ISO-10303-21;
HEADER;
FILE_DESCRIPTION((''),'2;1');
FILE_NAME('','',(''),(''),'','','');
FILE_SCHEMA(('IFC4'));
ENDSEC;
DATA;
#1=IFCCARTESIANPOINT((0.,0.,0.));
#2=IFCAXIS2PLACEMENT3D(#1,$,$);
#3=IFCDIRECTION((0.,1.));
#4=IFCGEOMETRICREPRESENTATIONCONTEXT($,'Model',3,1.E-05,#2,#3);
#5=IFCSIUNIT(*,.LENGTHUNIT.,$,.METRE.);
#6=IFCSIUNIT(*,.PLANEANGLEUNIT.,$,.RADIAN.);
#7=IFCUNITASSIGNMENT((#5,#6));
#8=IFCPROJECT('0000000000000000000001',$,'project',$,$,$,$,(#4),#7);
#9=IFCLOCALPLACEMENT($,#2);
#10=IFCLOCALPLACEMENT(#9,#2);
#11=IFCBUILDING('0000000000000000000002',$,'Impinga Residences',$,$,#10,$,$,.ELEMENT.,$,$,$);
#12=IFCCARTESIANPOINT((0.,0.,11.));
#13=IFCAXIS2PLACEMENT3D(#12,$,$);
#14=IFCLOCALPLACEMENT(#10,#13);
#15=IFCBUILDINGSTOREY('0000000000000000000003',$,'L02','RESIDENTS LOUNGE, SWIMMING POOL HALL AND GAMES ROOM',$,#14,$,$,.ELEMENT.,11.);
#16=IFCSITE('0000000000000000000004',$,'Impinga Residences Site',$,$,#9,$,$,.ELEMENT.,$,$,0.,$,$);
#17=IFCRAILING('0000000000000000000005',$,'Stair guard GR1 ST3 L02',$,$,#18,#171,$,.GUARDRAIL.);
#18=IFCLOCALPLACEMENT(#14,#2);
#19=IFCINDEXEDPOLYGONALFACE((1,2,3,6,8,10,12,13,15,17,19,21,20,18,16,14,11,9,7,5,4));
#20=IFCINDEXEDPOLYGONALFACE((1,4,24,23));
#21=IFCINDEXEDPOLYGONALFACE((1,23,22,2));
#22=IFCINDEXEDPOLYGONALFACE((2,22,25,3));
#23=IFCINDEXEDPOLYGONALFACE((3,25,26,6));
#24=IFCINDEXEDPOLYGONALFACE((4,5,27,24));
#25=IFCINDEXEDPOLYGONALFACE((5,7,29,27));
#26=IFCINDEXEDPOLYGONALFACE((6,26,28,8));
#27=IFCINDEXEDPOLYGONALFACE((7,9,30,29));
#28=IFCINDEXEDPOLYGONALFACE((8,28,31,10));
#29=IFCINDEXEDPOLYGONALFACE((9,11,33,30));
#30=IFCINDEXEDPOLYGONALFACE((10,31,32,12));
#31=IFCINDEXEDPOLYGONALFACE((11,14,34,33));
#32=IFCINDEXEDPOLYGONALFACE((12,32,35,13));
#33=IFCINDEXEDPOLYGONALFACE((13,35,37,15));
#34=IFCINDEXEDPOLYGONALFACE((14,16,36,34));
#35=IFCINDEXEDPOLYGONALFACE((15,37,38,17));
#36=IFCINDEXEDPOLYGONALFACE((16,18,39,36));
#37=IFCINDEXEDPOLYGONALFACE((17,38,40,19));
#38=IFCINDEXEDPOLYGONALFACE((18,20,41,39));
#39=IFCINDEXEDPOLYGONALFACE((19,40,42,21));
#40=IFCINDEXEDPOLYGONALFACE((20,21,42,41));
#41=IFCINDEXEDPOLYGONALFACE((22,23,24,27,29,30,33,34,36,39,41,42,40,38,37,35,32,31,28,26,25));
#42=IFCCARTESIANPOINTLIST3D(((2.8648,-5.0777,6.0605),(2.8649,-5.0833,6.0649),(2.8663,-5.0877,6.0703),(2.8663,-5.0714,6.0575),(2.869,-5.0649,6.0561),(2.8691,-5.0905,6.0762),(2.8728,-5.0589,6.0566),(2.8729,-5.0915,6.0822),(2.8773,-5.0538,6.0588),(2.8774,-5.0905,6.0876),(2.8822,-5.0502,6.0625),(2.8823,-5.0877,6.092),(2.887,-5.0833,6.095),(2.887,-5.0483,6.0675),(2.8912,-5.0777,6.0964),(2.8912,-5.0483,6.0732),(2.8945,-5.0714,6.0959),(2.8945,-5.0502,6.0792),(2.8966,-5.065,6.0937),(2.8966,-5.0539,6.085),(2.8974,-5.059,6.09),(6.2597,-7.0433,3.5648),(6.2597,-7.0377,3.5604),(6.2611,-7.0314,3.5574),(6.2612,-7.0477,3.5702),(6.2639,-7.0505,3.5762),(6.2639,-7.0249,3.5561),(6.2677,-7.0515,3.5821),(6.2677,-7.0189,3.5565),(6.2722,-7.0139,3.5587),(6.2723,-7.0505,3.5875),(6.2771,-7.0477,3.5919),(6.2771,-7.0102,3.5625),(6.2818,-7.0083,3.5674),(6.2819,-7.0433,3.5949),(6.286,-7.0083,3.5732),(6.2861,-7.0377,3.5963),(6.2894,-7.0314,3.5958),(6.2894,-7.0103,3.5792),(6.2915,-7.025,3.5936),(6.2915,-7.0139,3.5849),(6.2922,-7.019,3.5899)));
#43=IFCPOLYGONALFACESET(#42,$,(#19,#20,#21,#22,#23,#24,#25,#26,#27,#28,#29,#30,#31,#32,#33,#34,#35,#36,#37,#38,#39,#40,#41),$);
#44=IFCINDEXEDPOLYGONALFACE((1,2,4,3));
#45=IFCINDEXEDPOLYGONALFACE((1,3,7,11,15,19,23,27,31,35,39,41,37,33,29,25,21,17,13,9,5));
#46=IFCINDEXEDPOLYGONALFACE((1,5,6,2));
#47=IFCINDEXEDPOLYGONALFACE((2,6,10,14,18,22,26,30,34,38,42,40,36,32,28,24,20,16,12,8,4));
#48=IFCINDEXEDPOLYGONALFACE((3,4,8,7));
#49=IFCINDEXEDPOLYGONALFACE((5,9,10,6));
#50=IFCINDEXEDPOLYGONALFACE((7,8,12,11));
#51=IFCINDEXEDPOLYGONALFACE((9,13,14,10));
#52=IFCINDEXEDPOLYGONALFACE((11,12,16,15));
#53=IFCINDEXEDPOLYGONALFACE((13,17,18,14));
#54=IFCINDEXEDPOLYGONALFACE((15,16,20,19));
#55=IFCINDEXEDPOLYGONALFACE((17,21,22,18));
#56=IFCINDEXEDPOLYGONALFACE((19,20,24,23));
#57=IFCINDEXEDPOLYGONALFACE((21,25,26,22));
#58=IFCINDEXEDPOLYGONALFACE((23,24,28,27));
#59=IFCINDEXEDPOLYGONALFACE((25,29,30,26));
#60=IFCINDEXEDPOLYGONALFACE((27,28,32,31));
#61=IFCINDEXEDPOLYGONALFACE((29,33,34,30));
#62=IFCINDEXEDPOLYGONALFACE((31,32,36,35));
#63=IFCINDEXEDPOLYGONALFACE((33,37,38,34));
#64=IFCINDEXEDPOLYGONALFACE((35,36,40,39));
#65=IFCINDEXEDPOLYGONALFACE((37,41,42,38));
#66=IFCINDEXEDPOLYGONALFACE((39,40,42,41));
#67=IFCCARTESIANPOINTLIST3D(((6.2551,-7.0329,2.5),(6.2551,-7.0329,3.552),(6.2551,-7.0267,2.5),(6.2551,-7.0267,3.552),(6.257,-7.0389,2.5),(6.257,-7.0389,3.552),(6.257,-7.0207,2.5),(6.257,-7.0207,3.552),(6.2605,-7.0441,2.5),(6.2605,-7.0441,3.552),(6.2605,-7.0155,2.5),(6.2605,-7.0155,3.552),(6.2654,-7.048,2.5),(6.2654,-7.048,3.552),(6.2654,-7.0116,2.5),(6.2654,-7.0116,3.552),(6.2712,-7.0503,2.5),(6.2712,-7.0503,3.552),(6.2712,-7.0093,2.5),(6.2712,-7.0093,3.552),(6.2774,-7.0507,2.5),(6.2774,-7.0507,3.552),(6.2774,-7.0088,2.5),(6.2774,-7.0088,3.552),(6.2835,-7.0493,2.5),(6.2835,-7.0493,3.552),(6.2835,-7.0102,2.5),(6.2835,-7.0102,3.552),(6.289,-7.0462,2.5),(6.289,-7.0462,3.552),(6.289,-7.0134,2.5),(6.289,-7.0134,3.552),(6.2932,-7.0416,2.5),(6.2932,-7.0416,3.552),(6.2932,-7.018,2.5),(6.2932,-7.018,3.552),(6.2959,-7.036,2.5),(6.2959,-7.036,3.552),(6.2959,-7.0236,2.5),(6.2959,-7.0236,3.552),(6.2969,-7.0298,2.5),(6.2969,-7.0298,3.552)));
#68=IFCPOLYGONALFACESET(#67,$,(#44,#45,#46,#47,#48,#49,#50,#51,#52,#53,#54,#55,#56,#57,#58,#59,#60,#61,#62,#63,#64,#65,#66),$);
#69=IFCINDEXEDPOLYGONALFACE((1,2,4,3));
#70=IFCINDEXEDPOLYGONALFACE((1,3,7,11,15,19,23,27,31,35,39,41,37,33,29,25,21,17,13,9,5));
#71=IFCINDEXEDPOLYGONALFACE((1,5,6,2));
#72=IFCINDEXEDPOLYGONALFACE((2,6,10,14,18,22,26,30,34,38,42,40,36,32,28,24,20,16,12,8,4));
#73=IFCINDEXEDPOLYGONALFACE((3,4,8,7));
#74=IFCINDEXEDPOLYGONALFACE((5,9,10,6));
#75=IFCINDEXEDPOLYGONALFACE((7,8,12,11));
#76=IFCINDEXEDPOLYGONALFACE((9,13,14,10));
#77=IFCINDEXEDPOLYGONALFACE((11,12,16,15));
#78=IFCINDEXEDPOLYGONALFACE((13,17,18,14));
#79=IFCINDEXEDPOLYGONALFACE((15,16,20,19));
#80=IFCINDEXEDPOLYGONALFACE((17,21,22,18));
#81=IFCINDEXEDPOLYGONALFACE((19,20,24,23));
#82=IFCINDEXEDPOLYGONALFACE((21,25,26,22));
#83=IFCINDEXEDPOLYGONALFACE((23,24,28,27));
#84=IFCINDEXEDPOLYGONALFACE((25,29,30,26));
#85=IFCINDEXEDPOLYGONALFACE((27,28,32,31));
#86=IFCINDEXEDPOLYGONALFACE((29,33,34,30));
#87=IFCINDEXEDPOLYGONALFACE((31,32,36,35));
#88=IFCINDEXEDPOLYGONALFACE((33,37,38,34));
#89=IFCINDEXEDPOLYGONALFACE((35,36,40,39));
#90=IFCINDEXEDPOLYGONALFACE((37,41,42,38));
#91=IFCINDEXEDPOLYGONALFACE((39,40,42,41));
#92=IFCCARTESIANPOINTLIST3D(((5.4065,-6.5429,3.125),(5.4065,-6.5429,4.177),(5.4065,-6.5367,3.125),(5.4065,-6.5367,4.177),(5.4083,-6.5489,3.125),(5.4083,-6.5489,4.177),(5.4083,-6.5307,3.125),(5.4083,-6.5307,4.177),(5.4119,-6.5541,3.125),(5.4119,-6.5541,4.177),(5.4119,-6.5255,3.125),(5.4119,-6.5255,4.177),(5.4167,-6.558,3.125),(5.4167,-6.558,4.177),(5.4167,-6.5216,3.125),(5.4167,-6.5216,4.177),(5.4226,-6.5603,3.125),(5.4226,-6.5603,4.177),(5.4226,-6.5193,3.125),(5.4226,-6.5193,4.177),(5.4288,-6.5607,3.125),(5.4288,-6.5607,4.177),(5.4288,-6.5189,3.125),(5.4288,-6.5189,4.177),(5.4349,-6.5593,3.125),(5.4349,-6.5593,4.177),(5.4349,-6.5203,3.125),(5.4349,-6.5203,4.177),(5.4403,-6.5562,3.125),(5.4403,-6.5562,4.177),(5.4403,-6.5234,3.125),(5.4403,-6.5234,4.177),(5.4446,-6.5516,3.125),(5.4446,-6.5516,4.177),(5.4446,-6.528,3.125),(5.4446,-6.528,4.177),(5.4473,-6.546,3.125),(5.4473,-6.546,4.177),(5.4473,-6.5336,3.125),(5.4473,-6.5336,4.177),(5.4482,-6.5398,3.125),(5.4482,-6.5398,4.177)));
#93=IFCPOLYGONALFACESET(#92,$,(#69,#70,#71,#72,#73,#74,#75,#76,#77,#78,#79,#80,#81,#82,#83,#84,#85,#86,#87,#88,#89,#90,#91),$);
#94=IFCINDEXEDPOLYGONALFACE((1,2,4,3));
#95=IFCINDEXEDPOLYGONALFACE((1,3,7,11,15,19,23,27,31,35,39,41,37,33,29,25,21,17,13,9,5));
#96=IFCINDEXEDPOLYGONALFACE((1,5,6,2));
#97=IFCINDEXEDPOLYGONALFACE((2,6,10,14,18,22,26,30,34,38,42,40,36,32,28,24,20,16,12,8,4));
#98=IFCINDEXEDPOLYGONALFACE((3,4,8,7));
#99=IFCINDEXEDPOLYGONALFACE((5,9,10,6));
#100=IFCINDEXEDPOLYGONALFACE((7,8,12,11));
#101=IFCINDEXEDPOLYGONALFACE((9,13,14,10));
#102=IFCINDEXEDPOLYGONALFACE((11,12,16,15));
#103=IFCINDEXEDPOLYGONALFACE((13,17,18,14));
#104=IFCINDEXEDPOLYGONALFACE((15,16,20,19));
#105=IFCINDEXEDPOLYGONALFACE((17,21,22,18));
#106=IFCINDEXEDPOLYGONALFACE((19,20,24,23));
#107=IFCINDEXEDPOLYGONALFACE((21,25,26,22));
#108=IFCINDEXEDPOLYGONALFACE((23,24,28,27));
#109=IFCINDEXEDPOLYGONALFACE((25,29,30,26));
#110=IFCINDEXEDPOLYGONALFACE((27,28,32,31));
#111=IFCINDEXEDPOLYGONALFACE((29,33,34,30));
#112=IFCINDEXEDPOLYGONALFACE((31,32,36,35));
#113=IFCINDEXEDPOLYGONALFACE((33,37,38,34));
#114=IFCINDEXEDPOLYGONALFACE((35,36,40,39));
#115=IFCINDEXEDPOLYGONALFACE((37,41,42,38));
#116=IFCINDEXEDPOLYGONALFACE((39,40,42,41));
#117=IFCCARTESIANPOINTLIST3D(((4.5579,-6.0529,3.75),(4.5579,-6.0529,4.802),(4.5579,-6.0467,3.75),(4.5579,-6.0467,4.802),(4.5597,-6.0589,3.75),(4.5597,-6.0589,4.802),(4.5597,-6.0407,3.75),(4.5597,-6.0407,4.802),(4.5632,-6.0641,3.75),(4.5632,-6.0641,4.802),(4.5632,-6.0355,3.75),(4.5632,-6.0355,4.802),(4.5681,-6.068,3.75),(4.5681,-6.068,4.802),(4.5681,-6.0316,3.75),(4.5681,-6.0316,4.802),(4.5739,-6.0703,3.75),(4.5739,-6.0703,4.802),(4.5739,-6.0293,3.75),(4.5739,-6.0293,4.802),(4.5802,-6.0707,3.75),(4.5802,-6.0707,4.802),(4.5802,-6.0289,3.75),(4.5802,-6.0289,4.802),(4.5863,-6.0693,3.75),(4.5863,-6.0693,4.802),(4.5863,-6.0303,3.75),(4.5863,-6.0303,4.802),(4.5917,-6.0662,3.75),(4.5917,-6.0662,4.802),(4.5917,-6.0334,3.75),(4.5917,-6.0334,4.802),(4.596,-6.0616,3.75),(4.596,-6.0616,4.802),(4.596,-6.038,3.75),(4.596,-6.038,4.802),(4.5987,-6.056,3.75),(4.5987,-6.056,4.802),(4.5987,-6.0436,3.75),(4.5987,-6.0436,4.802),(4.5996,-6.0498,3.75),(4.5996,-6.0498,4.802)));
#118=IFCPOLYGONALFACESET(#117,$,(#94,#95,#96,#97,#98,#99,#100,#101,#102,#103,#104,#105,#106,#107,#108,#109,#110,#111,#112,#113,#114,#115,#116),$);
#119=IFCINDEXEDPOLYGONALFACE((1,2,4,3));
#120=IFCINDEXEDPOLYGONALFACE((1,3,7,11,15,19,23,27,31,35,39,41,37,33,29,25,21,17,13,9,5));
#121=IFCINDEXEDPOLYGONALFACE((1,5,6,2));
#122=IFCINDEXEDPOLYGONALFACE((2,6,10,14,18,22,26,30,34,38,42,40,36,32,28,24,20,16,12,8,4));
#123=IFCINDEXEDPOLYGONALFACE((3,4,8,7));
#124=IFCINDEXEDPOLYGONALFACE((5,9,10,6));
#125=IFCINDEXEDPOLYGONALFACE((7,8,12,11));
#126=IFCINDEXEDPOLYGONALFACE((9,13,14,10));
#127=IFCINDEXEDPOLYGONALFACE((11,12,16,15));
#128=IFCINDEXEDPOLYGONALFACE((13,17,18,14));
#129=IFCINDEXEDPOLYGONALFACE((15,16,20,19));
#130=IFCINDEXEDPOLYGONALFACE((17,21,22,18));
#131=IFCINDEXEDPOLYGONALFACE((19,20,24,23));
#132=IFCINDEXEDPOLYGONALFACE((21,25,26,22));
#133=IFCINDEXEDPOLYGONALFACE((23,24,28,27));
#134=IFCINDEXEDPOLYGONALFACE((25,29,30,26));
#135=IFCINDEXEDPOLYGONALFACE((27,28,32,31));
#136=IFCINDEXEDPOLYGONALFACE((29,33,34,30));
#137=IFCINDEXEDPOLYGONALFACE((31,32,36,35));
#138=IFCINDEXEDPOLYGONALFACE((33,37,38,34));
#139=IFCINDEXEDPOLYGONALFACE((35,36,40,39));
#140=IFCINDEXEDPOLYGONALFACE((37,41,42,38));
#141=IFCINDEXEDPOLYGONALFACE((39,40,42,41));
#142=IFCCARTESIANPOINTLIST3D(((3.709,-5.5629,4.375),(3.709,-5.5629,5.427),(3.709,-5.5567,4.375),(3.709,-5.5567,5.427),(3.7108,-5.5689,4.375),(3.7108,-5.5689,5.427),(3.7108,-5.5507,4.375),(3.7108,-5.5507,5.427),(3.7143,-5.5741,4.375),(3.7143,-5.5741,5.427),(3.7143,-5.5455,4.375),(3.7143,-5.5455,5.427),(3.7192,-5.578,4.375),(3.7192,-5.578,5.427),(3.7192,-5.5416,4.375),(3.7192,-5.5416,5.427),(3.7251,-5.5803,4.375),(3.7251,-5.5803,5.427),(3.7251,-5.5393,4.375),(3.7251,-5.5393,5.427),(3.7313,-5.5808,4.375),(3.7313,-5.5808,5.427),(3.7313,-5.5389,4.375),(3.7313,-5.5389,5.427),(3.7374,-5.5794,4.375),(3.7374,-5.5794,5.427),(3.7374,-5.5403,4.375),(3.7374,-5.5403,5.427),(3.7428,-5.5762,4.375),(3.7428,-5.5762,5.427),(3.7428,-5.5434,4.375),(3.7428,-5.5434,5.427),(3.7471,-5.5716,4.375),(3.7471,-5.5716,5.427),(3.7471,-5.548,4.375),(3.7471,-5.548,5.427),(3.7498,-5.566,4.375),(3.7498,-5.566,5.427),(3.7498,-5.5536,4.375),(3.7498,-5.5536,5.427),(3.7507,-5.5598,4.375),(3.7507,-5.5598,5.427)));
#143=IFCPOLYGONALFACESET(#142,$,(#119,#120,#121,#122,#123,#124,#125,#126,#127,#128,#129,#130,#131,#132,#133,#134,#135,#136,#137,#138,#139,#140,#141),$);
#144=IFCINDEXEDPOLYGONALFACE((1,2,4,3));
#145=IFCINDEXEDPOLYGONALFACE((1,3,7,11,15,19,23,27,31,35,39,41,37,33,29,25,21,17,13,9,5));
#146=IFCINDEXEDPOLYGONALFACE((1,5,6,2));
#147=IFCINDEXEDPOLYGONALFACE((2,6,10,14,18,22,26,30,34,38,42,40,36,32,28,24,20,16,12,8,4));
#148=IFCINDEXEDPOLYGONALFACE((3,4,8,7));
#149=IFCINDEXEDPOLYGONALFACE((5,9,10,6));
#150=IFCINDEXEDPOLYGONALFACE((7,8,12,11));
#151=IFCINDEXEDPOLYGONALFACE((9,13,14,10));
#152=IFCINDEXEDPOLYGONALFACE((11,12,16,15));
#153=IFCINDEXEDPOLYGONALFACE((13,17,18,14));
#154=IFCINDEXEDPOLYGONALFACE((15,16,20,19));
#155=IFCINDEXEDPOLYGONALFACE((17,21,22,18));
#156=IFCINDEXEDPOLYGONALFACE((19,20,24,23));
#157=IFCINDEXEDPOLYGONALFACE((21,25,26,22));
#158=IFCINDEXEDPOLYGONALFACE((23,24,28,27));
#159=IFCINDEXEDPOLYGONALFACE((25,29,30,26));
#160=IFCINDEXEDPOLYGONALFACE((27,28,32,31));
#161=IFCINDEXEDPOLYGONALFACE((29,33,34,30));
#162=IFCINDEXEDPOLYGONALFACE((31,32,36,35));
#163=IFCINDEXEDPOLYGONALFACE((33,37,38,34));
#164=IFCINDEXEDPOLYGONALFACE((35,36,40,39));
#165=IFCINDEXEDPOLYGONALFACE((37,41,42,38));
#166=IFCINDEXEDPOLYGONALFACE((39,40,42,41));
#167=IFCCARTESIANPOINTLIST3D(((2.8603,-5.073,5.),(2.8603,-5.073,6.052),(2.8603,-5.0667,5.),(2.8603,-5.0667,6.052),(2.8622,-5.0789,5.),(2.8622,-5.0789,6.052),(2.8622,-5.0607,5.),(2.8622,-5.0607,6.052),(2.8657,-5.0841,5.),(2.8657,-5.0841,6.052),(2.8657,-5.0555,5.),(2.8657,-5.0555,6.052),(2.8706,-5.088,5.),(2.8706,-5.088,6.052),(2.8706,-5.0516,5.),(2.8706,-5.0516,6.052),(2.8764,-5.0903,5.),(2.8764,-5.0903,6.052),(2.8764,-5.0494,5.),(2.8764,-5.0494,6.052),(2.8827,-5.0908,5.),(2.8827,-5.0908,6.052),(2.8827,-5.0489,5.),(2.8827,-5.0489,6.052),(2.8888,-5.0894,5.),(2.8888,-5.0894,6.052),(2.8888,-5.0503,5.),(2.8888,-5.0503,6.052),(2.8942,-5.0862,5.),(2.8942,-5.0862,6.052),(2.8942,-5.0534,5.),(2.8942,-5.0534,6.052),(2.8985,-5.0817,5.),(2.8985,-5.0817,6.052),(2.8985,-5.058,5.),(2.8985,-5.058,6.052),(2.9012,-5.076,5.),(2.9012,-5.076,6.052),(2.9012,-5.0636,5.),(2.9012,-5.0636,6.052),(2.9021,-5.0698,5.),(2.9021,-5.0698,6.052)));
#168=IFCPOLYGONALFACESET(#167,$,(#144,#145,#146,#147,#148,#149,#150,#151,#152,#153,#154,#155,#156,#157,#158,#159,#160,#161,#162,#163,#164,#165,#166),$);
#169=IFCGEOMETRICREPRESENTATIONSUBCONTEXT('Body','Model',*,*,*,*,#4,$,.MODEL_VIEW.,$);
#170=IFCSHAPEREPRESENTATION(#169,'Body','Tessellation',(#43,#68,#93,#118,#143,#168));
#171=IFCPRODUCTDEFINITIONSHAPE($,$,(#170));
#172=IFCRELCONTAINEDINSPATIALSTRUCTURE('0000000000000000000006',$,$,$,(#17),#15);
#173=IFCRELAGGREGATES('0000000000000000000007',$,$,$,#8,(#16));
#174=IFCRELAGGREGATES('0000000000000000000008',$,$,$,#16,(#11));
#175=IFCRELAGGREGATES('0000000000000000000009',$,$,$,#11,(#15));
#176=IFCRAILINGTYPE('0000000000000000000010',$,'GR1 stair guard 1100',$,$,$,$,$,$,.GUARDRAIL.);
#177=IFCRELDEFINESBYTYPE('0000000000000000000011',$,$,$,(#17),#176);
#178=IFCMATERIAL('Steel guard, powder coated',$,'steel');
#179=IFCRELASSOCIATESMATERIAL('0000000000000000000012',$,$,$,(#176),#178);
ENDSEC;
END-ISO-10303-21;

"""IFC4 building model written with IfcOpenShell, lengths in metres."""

from ifc_helpers import new_model, si_unit, direction, frame, origin, origin_2d, place, context, subcontext, project, spatial, circle, extrude, material, type_object, element, save


model = new_model("IFC4")

# Units and contexts
model_context = context("Model", 3, precision=1e-05, world=origin(), true_north=direction((0.0, 1.0)))
body_context = subcontext(model_context, "Body", "Model", "MODEL_VIEW")
ifc_project = project(units=[si_unit("LENGTHUNIT", "METRE"), si_unit("PLANEANGLEUNIT", "RADIAN")], contexts=[model_context])

# Site, building, storey
site_placement = place(None, origin())
site = spatial("IfcSite", under=ifc_project, at=site_placement, Name="Impinga Residences Site", CompositionType="ELEMENT", RefElevation=0.0)
building_placement = place(site_placement, origin())
building = spatial("IfcBuilding", under=site, at=building_placement, Name="Impinga Residences", CompositionType="ELEMENT")
storey_placement = place(building_placement, frame((0.0, 0.0, 11.0)))
storey = spatial("IfcBuildingStorey", under=building, at=storey_placement, Name="L02", Description="RESIDENTS LOUNGE, SWIMMING POOL HALL AND GAMES ROOM", CompositionType="ELEMENT", Elevation=11.0)

# Railing
ifc_material_1 = material(Name="Steel guard, powder coated", Category="steel")
railing_type_1 = type_object("IfcRailingType", Name="GR1 stair guard 1100", PredefinedType="GUARDRAIL", material=ifc_material_1)
railing_1_placement = place(storey_placement, frame((6.2759, -7.0298, 2.5)))
element("IfcRailing", 1, at=railing_1_placement, inside=storey, type_object=railing_type_1, Name="Stair guard GR1 ST3 L02", PredefinedType="GUARDRAIL", context=body_context, shape_type="SweptSolid", body=[
    extrude(circle(Radius=0.0239, at=origin_2d()), frame((0.0, 0.0, 1.0762), z_axis=(-0.73017, 0.421561, 0.537716), x_axis=(-0.499997, -0.866027, 0.0)), (0.0, 0.0, 1.0), 4.6494),
    extrude(circle(Radius=0.021, at=origin_2d()), origin(), (0.0, 0.0, 1.0), 1.052),
    extrude(circle(Radius=0.021, at=origin_2d()), frame((-0.8486, 0.49, 0.625)), (0.0, 0.0, 1.0), 1.052),
    extrude(circle(Radius=0.021, at=origin_2d()), frame((-1.6973, 0.98, 1.25)), (0.0, 0.0, 1.0), 1.052),
    extrude(circle(Radius=0.021, at=origin_2d()), frame((-2.5461, 1.47, 1.875)), (0.0, 0.0, 1.0), 1.052),
    extrude(circle(Radius=0.021, at=origin_2d()), frame((-3.3948, 1.96, 2.5)), (0.0, 0.0, 1.0), 1.052),
])

save(model, "model.ifc")
